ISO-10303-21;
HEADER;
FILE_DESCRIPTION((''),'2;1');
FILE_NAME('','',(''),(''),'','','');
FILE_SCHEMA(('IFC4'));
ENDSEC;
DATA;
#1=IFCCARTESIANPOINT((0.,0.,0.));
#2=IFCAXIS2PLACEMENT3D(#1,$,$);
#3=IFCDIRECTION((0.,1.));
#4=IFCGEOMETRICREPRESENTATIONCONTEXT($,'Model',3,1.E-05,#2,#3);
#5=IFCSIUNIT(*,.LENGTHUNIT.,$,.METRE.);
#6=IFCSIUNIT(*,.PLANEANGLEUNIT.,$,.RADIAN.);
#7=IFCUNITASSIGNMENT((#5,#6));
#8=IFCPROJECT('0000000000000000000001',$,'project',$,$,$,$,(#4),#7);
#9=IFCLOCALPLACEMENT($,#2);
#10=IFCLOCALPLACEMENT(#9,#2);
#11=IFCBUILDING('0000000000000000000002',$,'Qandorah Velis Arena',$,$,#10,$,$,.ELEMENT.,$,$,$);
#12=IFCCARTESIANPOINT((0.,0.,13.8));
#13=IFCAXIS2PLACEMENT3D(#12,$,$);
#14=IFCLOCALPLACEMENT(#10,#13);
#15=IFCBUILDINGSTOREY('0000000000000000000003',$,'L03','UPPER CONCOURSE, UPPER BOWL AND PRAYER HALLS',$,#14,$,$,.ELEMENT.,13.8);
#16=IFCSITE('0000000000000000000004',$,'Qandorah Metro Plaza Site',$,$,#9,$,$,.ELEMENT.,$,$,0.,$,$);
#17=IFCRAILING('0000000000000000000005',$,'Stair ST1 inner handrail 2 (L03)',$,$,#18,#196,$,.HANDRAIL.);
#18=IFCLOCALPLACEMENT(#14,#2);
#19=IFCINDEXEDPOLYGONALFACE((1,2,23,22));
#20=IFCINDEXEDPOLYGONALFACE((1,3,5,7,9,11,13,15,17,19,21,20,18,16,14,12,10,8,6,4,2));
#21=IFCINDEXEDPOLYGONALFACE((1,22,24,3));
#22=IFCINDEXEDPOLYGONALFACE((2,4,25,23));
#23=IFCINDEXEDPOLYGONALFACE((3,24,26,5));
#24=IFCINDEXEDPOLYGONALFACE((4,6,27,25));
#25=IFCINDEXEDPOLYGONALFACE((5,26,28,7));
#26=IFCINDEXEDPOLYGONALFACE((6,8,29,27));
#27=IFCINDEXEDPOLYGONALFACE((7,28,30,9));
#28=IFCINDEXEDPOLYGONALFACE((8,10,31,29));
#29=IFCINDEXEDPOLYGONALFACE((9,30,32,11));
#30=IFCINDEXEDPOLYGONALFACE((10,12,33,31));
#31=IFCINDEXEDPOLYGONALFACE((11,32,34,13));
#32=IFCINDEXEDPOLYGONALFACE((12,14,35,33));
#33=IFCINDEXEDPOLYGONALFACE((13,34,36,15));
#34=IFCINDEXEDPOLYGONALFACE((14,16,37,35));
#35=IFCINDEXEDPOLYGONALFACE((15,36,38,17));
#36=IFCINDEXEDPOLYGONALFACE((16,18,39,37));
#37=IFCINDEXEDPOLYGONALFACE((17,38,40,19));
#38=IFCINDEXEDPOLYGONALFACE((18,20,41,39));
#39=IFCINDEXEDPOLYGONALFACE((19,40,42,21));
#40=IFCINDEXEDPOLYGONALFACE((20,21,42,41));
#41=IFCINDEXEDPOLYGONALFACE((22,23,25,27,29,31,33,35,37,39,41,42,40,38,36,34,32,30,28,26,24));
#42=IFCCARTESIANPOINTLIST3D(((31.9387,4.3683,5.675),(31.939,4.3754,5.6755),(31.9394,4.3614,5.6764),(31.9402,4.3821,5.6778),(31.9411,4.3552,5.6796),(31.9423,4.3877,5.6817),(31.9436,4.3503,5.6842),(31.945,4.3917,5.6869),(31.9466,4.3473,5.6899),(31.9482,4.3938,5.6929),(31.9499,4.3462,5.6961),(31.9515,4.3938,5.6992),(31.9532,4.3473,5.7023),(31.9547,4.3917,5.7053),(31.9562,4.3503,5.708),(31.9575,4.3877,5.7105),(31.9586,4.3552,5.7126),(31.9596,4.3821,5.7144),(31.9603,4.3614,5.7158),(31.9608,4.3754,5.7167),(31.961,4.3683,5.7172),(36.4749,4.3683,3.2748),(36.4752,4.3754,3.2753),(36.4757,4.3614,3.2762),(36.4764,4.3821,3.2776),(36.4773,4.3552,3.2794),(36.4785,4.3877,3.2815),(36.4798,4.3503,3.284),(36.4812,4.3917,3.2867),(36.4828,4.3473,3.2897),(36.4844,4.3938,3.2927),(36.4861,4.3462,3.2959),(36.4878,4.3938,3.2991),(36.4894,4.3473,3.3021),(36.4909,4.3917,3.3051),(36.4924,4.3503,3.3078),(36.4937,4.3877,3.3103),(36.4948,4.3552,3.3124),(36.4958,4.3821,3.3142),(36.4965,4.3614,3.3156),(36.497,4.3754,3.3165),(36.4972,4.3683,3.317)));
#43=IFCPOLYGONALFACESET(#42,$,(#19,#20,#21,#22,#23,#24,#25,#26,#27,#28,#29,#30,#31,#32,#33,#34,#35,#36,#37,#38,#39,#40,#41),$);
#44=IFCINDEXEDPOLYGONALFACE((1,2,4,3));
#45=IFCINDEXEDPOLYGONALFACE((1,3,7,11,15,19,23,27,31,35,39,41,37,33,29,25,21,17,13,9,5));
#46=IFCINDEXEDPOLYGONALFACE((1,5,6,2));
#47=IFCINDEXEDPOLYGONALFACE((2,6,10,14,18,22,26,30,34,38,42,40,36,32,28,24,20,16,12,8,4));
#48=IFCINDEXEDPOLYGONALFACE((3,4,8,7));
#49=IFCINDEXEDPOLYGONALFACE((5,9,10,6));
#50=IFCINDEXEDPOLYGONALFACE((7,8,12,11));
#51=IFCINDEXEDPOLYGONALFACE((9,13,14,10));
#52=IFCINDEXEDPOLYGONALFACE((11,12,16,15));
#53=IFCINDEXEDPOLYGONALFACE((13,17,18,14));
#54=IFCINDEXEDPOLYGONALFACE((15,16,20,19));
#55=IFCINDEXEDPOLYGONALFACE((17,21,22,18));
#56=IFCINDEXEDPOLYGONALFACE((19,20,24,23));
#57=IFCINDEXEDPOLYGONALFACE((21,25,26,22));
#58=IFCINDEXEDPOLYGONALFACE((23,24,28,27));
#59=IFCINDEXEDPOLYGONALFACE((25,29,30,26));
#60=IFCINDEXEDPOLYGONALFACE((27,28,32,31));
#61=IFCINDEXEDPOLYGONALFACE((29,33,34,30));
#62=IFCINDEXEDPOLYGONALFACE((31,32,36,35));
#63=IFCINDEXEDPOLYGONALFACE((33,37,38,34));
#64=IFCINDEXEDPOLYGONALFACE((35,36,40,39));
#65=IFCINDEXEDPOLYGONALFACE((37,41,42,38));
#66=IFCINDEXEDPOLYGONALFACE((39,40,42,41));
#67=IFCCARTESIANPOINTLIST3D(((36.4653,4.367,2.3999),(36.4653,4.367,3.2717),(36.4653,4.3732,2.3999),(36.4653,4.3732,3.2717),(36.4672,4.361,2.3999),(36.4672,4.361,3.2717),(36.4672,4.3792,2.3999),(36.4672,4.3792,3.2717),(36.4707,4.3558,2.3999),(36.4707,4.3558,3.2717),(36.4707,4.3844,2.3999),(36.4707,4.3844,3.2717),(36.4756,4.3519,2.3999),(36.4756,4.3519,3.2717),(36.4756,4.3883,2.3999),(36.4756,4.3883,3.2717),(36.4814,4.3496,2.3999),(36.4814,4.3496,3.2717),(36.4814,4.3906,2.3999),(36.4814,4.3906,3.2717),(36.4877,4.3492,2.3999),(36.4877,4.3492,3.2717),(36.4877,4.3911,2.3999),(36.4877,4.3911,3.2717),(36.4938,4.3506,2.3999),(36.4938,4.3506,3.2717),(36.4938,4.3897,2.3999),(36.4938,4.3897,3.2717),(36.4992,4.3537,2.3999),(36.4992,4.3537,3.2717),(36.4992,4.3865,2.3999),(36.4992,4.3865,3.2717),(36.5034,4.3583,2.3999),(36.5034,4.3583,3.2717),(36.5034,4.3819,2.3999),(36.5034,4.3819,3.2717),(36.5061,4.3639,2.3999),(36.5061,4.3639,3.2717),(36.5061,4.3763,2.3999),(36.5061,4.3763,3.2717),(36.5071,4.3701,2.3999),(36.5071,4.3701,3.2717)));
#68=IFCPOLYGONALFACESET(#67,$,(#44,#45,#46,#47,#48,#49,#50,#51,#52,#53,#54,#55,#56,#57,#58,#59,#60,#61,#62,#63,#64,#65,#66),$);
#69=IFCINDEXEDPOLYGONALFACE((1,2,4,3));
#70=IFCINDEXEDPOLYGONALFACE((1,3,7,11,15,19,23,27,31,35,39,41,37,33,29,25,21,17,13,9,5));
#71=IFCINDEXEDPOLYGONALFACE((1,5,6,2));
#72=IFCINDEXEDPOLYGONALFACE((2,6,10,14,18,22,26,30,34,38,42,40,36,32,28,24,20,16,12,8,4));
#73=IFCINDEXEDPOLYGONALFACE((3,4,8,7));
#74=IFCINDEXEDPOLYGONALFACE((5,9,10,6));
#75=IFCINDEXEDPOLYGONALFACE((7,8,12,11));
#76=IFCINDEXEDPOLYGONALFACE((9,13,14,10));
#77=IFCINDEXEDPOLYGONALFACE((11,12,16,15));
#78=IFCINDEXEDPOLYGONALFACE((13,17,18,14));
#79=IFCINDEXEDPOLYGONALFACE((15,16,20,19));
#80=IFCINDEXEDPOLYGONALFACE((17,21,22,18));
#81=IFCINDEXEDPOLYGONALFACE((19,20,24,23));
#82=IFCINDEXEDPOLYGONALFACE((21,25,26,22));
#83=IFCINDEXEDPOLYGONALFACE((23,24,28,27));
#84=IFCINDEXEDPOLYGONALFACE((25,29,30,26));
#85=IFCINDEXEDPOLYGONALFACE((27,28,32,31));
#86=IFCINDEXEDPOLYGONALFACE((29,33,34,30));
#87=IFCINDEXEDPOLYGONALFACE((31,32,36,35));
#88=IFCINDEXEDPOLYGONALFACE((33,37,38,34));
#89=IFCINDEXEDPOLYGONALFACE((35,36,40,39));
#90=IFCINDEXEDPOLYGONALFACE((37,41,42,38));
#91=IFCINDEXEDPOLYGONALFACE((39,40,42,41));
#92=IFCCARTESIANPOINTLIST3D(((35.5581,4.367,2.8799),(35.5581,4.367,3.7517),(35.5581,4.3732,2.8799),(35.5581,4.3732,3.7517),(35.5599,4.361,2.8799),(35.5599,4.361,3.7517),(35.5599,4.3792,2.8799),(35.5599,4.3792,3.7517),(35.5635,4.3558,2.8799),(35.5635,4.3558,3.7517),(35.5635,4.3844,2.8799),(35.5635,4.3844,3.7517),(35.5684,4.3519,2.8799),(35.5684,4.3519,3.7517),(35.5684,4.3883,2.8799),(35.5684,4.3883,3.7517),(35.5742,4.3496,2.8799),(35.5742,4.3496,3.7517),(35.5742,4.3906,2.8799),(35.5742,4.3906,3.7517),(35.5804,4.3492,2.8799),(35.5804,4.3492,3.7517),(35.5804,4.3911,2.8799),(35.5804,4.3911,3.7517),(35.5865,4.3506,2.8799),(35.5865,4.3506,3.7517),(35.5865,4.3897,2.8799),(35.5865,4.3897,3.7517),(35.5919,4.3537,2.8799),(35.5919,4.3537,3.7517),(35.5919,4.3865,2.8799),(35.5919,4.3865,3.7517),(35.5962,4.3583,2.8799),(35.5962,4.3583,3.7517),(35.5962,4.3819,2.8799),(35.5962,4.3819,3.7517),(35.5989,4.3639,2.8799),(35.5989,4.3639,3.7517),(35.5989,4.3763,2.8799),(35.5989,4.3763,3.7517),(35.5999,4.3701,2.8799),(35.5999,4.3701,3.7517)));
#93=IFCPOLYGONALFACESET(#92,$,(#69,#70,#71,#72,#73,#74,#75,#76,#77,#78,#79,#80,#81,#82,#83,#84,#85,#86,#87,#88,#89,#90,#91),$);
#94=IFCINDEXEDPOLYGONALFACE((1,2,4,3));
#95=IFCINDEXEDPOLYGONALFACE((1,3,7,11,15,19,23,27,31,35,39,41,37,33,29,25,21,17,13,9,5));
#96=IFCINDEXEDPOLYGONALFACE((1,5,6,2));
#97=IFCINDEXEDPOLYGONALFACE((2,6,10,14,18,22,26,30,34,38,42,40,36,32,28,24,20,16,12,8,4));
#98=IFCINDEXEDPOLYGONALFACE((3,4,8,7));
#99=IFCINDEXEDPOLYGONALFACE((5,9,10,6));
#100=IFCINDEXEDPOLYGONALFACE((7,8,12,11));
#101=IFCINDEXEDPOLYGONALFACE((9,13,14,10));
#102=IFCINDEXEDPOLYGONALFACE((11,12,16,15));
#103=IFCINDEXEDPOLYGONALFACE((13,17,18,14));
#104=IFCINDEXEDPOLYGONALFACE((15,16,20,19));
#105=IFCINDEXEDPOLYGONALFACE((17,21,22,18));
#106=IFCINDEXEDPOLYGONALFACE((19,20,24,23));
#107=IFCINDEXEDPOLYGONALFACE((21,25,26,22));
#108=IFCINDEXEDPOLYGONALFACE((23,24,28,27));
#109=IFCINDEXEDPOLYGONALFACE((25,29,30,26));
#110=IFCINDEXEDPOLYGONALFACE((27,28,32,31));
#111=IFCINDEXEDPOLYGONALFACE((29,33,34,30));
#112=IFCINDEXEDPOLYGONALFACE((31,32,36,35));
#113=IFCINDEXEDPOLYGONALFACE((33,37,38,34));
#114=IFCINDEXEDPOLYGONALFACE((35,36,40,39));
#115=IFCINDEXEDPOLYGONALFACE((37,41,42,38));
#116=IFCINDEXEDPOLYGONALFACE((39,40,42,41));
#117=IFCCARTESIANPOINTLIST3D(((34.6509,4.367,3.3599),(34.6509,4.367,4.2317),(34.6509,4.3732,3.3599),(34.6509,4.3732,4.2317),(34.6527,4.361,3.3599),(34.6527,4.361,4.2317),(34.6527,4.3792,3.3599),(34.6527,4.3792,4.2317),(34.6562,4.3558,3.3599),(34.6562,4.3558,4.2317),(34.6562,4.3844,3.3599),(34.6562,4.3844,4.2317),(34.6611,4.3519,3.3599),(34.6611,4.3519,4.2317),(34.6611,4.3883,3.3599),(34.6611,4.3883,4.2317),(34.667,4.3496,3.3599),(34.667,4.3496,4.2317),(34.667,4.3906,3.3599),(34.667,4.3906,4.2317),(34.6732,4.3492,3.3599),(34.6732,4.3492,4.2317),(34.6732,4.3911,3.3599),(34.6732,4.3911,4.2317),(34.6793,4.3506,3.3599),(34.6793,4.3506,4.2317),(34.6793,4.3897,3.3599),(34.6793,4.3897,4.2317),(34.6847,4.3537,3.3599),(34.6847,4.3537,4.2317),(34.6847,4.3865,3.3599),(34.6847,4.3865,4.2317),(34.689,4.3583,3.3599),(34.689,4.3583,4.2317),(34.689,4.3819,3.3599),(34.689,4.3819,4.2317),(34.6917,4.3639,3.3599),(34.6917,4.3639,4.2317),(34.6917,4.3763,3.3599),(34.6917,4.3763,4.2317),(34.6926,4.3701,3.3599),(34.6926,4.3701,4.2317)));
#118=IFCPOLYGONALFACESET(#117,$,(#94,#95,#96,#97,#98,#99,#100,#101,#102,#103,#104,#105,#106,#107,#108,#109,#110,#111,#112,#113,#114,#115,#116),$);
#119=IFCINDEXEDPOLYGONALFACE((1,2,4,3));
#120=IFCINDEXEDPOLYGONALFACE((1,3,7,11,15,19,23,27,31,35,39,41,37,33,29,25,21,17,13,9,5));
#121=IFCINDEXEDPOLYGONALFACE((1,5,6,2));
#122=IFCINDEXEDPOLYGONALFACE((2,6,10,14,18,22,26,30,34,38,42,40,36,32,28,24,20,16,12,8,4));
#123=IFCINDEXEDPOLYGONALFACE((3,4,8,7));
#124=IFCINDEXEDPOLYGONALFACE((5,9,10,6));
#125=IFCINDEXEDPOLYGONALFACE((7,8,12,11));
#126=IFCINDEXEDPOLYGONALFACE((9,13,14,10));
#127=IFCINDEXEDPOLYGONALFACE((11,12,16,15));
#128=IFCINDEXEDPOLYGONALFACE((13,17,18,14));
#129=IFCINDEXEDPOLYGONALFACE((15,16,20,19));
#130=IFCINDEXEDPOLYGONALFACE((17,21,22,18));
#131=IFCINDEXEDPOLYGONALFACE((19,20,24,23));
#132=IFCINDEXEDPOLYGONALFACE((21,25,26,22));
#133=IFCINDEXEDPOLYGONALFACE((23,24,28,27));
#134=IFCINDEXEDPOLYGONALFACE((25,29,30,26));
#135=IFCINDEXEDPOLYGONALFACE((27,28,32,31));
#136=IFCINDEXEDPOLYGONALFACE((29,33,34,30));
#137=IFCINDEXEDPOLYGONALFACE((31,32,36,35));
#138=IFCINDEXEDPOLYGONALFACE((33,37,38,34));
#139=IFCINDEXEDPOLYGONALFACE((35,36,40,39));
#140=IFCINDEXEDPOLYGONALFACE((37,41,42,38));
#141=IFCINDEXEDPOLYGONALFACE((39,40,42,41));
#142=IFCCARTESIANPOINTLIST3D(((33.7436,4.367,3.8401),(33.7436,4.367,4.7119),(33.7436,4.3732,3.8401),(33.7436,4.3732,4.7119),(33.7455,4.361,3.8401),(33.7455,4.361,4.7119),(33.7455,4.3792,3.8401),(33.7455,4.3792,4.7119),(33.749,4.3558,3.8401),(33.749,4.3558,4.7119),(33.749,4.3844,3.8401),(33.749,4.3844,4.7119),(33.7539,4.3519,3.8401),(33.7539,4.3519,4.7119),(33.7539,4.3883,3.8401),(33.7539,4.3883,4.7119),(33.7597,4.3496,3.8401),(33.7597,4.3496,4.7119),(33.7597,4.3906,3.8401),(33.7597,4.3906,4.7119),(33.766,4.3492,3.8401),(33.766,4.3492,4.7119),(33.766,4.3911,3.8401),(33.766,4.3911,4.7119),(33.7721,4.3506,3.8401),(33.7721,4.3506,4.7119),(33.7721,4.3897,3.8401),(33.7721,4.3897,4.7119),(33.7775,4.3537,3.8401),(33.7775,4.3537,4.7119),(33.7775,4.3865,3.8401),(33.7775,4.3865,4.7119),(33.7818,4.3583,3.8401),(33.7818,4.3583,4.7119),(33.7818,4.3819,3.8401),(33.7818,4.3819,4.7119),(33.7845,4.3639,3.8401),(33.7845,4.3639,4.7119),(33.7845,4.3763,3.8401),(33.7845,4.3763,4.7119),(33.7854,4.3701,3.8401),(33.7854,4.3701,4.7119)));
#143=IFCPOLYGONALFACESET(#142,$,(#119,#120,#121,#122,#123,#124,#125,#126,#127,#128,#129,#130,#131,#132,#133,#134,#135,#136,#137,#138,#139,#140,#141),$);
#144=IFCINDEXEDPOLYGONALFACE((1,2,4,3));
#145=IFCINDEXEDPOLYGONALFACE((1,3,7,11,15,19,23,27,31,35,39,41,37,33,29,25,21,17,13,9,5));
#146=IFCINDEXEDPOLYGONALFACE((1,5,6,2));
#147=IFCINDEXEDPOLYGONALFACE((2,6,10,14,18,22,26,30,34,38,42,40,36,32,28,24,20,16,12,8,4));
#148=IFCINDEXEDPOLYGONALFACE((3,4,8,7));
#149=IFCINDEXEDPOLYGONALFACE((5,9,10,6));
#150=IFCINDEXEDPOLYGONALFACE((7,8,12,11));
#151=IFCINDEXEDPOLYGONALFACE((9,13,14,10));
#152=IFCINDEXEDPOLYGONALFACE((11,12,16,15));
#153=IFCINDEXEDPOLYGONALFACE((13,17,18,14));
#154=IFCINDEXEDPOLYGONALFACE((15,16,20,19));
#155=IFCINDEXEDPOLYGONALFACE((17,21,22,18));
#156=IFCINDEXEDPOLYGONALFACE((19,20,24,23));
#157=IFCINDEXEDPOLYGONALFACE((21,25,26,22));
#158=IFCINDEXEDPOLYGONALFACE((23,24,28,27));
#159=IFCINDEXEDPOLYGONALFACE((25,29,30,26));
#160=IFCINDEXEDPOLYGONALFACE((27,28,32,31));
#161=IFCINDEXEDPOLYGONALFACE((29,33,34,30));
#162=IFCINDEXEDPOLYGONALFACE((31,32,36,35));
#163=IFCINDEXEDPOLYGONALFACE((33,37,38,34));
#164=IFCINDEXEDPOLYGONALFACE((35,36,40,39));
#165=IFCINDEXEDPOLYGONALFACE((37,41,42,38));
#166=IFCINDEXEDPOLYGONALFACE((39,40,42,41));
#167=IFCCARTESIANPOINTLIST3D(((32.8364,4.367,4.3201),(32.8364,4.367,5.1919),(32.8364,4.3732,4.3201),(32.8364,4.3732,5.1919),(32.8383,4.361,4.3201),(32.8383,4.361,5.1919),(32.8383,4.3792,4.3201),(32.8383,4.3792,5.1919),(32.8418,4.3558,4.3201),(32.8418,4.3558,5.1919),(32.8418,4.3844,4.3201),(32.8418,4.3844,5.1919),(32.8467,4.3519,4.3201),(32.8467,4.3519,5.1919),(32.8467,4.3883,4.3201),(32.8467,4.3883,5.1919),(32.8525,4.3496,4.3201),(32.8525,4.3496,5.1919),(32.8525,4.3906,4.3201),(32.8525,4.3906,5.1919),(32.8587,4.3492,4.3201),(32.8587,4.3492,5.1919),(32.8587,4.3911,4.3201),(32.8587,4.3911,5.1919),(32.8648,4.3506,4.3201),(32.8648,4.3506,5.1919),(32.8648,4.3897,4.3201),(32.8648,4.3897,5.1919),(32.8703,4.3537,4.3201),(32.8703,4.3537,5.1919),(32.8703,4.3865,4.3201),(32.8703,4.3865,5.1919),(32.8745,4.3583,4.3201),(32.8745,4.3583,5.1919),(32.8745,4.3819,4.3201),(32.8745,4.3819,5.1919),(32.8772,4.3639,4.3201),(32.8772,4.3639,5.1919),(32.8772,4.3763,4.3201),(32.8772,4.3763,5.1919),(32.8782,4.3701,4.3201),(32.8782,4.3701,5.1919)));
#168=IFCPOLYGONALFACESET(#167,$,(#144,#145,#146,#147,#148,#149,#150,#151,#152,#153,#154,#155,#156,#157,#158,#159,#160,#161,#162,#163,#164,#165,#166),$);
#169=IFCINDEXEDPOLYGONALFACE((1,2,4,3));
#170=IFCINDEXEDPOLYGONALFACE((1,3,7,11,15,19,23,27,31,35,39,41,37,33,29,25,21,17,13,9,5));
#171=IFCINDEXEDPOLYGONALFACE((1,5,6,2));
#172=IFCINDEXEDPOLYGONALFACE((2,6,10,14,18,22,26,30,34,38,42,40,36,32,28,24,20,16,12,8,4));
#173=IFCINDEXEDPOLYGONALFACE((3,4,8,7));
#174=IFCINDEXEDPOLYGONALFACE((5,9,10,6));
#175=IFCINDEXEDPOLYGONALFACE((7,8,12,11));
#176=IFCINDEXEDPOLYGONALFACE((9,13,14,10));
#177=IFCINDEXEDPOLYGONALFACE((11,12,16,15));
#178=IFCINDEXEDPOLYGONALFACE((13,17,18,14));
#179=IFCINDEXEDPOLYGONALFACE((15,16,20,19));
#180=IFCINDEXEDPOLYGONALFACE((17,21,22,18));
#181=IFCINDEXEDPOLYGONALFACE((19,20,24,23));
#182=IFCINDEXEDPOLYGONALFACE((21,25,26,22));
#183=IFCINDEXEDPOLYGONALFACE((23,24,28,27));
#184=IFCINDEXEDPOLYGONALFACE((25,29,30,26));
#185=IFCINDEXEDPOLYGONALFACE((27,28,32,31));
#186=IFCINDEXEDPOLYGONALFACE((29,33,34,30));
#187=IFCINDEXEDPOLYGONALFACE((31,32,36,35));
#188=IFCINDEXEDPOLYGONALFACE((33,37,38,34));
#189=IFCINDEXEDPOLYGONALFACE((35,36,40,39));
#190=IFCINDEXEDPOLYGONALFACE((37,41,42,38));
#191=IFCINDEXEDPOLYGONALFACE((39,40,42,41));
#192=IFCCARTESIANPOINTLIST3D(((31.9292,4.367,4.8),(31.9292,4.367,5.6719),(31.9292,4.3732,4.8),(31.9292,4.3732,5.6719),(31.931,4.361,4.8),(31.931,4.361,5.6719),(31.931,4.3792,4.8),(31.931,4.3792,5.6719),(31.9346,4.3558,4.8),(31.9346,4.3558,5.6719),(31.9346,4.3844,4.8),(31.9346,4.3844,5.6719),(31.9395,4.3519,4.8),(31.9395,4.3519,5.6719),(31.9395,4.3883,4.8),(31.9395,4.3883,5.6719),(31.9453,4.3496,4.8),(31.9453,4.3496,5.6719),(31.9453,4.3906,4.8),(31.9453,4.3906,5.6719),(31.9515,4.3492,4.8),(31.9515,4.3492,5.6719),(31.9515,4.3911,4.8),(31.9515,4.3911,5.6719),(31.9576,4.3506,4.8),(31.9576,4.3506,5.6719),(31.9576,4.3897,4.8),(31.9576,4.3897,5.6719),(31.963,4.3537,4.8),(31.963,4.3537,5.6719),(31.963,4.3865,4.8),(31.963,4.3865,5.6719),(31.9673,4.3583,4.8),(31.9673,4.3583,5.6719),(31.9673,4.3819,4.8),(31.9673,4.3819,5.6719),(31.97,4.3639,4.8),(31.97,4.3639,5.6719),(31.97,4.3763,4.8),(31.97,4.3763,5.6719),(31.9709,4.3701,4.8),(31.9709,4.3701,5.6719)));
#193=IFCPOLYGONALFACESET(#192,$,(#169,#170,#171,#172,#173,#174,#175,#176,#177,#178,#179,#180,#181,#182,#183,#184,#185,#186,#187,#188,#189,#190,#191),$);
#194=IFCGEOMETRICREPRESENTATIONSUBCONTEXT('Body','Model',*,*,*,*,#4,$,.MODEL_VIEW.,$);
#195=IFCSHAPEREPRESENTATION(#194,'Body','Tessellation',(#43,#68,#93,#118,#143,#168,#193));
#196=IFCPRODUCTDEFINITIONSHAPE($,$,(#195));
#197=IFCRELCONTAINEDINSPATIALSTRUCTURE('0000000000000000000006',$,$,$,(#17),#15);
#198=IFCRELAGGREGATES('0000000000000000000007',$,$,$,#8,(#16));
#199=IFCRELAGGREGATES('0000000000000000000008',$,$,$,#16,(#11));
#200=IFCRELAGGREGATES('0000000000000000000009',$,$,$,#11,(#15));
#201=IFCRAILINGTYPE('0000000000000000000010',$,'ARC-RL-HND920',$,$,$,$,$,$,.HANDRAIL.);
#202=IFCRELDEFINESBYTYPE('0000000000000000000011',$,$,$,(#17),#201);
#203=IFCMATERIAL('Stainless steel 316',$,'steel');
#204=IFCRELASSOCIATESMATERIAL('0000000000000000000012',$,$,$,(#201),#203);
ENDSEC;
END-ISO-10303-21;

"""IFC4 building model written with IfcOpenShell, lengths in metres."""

from ifc_helpers import new_model, si_unit, direction, frame, origin, origin_2d, place, context, subcontext, project, spatial, circle, extrude, material, type_object, element, save


model = new_model("IFC4")

# Units and contexts
model_context = context("Model", 3, precision=1e-05, world=origin(), true_north=direction((0.0, 1.0)))
body_context = subcontext(model_context, "Body", "Model", "MODEL_VIEW")
ifc_project = project(units=[si_unit("LENGTHUNIT", "METRE"), si_unit("PLANEANGLEUNIT", "RADIAN")], contexts=[model_context])

# Site, building, storey
site_placement = place(None, origin())
site = spatial("IfcSite", under=ifc_project, at=site_placement, Name="Qandorah Metro Plaza Site", CompositionType="ELEMENT", RefElevation=0.0)
building_placement = place(site_placement, origin())
building = spatial("IfcBuilding", under=site, at=building_placement, Name="Qandorah Velis Arena", CompositionType="ELEMENT")
storey_placement = place(building_placement, frame((0.0, 0.0, 13.8)))
storey = spatial("IfcBuildingStorey", under=building, at=storey_placement, Name="L03", Description="UPPER CONCOURSE, UPPER BOWL AND PRAYER HALLS", CompositionType="ELEMENT", Elevation=13.8)

# Railing
ifc_material_1 = material(Name="Stainless steel 316", Category="steel")
railing_type_1 = type_object("IfcRailingType", Name="ARC-RL-HND920", PredefinedType="HANDRAIL", material=ifc_material_1)
railing_1_placement = place(storey_placement, frame((36.4861, 4.3701, 2.3999)))
element("IfcRailing", 1, at=railing_1_placement, inside=storey, type_object=railing_type_1, Name="Stair ST1 inner handrail 2 (L03)", PredefinedType="HANDRAIL", context=body_context, shape_type="SweptSolid", body=[
    extrude(circle(Radius=0.0239, at=origin_2d()), frame((0.0, 0.0, 0.896), z_axis=(-0.883896, 0.0, 0.467684), x_axis=(0.0, -1.0, 0.0)), (0.0, 0.0, 1.0), 5.1321),
    extrude(circle(Radius=0.021, at=origin_2d()), origin(), (0.0, 0.0, 1.0), 0.8718),
    extrude(circle(Radius=0.021, at=origin_2d()), frame((-0.9072, 0.0, 0.48)), (0.0, 0.0, 1.0), 0.8718),
    extrude(circle(Radius=0.021, at=origin_2d()), frame((-1.8145, 0.0, 0.96)), (0.0, 0.0, 1.0), 0.8718),
    extrude(circle(Radius=0.021, at=origin_2d()), frame((-2.7217, 0.0, 1.4402)), (0.0, 0.0, 1.0), 0.8718),
    extrude(circle(Radius=0.021, at=origin_2d()), frame((-3.6289, 0.0, 1.9202)), (0.0, 0.0, 1.0), 0.8718),
    extrude(circle(Radius=0.021, at=origin_2d()), frame((-4.5361, 0.0, 2.4001)), (0.0, 0.0, 1.0), 0.8718),
])

save(model, "model.ifc")
